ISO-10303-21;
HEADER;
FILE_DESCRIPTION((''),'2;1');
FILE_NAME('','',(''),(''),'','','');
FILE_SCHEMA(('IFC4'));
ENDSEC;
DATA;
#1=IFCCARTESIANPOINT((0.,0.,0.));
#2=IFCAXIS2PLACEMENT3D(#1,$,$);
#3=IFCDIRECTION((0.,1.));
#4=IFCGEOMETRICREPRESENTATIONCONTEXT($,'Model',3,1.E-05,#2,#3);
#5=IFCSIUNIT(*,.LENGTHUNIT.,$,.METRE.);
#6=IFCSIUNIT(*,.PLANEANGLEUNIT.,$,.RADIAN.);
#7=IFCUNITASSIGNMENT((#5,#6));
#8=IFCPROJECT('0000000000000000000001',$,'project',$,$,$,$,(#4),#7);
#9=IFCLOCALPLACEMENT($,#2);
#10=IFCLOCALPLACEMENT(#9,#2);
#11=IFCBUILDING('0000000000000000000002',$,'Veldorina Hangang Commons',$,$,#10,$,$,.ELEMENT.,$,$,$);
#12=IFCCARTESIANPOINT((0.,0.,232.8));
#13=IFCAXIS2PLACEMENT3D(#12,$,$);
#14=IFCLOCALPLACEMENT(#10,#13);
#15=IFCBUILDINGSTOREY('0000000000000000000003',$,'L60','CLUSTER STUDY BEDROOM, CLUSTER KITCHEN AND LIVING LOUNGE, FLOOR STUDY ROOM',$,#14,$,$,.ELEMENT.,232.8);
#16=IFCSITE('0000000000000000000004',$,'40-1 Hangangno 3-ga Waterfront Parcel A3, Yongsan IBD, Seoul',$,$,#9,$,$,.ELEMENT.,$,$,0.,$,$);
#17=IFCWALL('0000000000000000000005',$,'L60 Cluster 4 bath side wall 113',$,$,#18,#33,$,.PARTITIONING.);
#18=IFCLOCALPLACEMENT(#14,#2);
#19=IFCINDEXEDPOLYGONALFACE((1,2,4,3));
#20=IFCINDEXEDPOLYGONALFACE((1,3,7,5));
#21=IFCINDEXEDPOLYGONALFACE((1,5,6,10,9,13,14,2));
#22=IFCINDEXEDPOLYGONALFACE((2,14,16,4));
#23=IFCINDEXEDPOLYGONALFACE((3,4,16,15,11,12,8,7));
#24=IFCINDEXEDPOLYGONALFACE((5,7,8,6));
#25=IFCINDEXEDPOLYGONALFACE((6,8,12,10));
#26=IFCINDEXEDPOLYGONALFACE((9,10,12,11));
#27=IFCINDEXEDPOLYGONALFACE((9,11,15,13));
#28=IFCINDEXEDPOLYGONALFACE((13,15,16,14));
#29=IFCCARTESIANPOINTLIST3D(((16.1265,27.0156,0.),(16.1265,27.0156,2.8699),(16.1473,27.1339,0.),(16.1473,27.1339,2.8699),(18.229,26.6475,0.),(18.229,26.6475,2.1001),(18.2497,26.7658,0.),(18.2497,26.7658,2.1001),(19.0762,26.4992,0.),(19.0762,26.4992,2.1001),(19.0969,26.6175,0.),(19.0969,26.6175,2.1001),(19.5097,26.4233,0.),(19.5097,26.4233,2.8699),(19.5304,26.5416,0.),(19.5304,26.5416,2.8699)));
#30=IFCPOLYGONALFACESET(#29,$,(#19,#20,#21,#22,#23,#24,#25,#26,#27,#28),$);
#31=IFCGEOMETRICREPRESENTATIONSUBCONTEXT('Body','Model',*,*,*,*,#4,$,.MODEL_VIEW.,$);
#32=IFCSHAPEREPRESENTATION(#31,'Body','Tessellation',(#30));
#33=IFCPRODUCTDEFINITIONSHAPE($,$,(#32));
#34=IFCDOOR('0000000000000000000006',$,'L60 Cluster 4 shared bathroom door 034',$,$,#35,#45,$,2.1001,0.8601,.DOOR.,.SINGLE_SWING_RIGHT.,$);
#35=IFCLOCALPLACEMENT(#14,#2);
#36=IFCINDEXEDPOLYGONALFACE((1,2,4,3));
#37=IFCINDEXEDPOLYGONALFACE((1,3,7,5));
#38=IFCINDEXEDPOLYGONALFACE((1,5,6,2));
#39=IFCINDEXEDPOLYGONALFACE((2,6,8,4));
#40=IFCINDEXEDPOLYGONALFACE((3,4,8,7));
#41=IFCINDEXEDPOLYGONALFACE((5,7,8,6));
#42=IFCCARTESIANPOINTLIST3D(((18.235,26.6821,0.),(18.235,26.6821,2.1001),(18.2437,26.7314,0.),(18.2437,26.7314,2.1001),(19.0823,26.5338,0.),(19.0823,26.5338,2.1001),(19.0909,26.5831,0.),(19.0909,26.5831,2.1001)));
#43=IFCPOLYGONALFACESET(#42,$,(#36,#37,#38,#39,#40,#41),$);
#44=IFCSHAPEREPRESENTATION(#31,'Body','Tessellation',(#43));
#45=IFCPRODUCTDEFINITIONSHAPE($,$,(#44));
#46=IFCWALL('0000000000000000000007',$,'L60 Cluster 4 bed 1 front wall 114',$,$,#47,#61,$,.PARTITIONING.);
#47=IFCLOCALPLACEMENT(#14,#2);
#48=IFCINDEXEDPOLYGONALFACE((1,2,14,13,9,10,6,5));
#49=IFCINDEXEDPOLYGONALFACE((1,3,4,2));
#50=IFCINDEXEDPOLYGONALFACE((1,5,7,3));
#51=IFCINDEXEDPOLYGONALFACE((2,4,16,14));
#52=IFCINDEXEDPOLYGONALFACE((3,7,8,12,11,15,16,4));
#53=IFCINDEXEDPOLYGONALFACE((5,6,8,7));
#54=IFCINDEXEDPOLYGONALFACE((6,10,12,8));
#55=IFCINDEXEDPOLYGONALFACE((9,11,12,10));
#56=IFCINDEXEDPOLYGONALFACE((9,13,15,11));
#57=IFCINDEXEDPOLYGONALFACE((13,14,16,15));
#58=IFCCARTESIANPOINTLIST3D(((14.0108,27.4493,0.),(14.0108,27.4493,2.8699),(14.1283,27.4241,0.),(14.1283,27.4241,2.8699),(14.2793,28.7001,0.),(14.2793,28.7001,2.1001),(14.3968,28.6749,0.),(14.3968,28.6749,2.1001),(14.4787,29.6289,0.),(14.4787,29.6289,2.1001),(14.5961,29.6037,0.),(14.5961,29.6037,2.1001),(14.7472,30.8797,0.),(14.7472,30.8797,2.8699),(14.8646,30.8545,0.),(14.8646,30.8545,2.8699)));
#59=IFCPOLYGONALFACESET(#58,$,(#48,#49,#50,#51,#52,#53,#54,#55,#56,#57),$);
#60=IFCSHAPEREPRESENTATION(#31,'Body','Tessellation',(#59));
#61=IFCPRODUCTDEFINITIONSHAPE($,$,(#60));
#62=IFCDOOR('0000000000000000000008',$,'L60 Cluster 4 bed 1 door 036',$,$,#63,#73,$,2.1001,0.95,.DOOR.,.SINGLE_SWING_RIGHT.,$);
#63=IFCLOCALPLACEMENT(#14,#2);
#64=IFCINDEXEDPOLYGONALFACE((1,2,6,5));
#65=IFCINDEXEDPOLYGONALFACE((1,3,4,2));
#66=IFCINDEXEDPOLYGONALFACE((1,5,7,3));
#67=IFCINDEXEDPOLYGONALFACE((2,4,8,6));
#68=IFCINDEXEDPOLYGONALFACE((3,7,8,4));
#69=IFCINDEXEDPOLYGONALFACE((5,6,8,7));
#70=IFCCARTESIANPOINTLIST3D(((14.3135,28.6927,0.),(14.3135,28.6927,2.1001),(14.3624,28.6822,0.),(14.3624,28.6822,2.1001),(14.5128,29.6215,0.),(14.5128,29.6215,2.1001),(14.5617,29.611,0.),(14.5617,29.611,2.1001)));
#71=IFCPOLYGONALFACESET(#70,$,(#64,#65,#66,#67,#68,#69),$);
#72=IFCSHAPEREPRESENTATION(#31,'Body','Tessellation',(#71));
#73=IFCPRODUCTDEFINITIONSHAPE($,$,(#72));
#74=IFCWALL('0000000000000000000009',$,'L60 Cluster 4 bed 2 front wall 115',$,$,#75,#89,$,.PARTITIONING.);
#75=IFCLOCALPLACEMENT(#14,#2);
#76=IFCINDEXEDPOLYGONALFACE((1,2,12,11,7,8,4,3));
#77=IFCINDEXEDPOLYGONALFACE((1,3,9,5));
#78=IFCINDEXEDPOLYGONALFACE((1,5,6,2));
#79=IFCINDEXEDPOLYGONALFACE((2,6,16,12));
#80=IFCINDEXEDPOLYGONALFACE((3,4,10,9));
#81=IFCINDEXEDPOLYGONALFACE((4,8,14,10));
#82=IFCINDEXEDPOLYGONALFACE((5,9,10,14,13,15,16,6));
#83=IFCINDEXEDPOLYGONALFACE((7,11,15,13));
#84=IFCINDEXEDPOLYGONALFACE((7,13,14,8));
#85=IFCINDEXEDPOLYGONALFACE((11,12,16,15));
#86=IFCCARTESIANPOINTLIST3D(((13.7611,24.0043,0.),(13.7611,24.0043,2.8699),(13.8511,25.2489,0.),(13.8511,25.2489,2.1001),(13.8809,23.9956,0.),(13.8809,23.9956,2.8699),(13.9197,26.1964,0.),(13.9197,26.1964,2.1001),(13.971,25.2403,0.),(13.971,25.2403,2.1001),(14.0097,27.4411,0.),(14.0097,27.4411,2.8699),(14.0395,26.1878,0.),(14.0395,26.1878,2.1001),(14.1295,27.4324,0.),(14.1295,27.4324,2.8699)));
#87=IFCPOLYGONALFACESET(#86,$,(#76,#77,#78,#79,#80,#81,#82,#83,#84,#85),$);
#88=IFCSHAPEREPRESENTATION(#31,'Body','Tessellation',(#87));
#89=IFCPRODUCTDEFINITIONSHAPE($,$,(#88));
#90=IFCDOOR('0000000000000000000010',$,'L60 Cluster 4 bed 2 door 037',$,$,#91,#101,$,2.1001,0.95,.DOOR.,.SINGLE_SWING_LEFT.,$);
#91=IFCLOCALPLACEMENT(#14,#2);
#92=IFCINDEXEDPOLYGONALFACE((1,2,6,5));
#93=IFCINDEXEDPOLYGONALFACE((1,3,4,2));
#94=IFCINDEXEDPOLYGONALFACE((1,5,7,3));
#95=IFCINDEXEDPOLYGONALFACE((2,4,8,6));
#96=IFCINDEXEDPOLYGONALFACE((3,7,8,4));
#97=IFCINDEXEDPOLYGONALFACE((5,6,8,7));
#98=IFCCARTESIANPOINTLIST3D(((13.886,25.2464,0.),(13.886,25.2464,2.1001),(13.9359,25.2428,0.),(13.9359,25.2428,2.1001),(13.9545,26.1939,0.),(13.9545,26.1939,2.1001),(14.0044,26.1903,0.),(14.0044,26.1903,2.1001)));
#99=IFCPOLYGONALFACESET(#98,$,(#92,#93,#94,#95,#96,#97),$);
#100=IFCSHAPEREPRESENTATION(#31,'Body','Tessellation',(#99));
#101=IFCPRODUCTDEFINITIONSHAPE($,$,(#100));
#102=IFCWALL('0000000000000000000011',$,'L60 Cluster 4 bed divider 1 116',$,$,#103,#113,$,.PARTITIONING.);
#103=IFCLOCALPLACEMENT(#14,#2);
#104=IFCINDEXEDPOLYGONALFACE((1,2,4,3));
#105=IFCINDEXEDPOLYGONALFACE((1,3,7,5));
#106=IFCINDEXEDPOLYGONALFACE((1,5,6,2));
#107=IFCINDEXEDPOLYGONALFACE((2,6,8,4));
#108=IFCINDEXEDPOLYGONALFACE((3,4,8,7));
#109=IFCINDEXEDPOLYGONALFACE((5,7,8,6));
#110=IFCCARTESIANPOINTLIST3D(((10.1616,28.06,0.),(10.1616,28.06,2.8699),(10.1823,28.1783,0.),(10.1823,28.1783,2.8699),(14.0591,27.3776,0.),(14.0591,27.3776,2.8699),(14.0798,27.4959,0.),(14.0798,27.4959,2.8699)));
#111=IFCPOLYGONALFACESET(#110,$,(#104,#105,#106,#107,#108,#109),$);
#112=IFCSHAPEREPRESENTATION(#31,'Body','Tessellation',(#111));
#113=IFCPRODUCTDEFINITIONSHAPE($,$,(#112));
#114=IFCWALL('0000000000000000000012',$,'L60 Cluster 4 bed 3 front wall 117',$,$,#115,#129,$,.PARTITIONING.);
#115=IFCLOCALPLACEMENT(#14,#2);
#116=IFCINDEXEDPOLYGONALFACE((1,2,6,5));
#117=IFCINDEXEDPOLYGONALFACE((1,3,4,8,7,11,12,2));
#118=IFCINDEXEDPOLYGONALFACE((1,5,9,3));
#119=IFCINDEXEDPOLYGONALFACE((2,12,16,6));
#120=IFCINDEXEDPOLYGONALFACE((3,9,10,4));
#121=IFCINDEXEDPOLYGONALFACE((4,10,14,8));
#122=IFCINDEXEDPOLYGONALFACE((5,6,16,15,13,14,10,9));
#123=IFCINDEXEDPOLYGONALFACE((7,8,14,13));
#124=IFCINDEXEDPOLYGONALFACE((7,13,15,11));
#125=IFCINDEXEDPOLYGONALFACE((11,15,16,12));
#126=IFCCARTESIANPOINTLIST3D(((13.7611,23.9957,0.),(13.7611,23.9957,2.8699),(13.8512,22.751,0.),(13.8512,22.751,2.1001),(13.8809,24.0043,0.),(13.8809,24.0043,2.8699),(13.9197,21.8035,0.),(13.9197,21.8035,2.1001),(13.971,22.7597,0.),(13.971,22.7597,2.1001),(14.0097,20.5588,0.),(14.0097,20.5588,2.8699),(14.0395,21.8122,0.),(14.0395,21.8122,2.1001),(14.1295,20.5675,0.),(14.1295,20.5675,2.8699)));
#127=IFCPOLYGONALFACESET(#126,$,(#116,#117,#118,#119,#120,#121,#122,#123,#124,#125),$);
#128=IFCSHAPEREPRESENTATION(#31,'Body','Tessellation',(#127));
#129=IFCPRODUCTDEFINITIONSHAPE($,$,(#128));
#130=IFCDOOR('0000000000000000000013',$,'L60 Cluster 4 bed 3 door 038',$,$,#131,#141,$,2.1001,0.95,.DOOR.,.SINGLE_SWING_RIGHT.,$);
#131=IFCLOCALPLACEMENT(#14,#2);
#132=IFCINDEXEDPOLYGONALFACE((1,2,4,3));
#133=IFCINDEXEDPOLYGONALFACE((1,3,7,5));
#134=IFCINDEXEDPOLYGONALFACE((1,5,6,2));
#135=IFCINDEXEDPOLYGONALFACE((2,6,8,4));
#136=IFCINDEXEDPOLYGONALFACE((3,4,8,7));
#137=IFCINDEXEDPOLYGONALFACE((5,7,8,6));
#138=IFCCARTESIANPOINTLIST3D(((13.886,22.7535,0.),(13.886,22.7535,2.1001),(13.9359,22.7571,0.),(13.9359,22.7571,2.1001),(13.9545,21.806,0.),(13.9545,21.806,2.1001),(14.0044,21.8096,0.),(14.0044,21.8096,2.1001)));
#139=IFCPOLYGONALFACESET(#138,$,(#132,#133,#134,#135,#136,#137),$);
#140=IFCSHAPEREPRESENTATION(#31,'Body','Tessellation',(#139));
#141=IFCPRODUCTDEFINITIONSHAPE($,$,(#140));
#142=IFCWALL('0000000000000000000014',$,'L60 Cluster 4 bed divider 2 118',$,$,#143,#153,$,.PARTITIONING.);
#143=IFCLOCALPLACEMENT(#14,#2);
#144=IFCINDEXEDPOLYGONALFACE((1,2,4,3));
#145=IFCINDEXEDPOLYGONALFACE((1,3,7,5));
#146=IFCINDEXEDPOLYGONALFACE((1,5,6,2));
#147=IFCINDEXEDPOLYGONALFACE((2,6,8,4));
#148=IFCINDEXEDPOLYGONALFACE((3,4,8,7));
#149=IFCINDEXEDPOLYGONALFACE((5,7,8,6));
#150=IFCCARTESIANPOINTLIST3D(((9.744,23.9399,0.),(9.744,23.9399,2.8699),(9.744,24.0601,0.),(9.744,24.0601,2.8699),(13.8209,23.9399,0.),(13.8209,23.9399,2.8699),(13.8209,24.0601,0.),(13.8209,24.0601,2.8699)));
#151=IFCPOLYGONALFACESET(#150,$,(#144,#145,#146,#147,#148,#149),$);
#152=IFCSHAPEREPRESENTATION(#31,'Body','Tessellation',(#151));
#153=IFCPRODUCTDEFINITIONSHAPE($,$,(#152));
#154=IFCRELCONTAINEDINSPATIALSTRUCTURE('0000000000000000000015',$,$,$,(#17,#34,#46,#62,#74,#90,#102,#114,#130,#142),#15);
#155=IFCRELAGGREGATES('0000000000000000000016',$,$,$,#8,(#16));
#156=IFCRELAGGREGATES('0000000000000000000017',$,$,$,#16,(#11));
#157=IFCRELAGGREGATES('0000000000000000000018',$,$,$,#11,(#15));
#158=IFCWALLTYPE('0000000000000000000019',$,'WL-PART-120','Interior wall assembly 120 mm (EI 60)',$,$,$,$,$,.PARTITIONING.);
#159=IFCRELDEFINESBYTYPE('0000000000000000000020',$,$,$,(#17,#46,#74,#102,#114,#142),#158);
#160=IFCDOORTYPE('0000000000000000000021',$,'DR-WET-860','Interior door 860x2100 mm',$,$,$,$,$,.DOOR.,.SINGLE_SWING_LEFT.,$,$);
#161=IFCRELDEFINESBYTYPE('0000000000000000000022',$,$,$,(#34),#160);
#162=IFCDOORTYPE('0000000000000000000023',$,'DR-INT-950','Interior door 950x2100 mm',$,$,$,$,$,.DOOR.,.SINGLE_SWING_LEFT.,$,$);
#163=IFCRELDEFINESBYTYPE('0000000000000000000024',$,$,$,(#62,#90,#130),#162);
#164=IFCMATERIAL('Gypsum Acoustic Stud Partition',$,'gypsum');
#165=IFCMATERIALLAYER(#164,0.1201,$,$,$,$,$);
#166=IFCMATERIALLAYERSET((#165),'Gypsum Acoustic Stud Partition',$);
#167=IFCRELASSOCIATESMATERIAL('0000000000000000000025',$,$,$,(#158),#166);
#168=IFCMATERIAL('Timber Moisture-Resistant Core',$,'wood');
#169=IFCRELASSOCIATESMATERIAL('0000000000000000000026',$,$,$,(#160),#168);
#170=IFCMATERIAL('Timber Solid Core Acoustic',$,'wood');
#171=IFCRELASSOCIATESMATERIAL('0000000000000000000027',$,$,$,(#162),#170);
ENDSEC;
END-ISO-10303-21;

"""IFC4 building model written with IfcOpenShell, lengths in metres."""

from ifc_helpers import new_model, si_unit, direction, frame, frame_2d, origin, place, context, subcontext, project, spatial, rectangle, extrude, material, layer, layer_set, type_object, element, fill, save


model = new_model("IFC4")

# Units and contexts
model_context = context("Model", 3, precision=1e-05, world=origin(), true_north=direction((0.0, 1.0)))
body_context = subcontext(model_context, "Body", "Model", "MODEL_VIEW")
ifc_project = project(units=[si_unit("LENGTHUNIT", "METRE"), si_unit("PLANEANGLEUNIT", "RADIAN")], contexts=[model_context])

# Site, building, storey
site_placement = place(None, origin())
site = spatial("IfcSite", under=ifc_project, at=site_placement, Name="40-1 Hangangno 3-ga Waterfront Parcel A3, Yongsan IBD, Seoul", CompositionType="ELEMENT", RefElevation=0.0)
building_placement = place(site_placement, origin())
building = spatial("IfcBuilding", under=site, at=building_placement, Name="Veldorina Hangang Commons", CompositionType="ELEMENT")
storey_placement = place(building_placement, frame((0.0, 0.0, 232.8)))
storey = spatial("IfcBuildingStorey", under=building, at=storey_placement, Name="L60", Description="CLUSTER STUDY BEDROOM, CLUSTER KITCHEN AND LIVING LOUNGE, FLOOR STUDY ROOM", CompositionType="ELEMENT", Elevation=232.8)

# Shared definitions
ifc_material_1 = material(Name="Gypsum Acoustic Stud Partition", Category="gypsum")
ifc_layer_1 = layer(ifc_material_1, 0.1201)
ifc_layer_set_1 = layer_set([ifc_layer_1], Name="Gypsum Acoustic Stud Partition")
wall_type_1 = type_object("IfcWallType", Name="WL-PART-120", Description="Interior wall assembly 120 mm (EI 60)", PredefinedType="PARTITIONING", material=ifc_layer_set_1)

# Walls, openings, doors
wall_1_placement = place(storey_placement, frame((19.52, 26.4824, 0.0), z_axis=(0.0, 0.0, 1.0), x_axis=(-0.985018, 0.172451, 0.0)))
wall_1 = element("IfcWall", 1, at=wall_1_placement, inside=storey, type_object=wall_type_1, Name="L60 Cluster 4 bath side wall 113", PredefinedType="PARTITIONING", context=body_context, shape_type="SweptSolid", body=[
    extrude(rectangle(XDim=3.4346, YDim=0.1201, at=frame_2d((1.7173, 0.0))), origin(), (0.0, 0.0, 1.0), 2.8699),
])
opening_1_placement = place(wall_1_placement, frame((0.4399, 0.0, 0.0)))
opening_1 = element("IfcOpeningElement", 2, at=opening_1_placement, cuts=wall_1, PredefinedType="OPENING", context=body_context, shape_type="SweptSolid", body=[
    extrude(rectangle(XDim=0.8601, YDim=2.1001, at=frame_2d((0.4302, 1.05))), frame((0.0, 0.0701, 0.0), z_axis=(0.0, -1.0, 0.0), x_axis=(1.0, 0.0, 0.0)), (0.0, 0.0, 1.0), 0.1401),
])
ifc_material_2 = material(Name="Timber Moisture-Resistant Core", Category="wood")
door_type_1 = type_object("IfcDoorType", Name="DR-WET-860", Description="Interior door 860x2100 mm", OperationType="SINGLE_SWING_LEFT", PredefinedType="DOOR", material=ifc_material_2)
door_1_placement = place(opening_1_placement, origin())
door_1 = element("IfcDoor", 3, at=door_1_placement, inside=storey, type_object=door_type_1, Name="L60 Cluster 4 shared bathroom door 034", OperationType="SINGLE_SWING_RIGHT", OverallHeight=2.1001, OverallWidth=0.8601, PredefinedType="DOOR", context=body_context, shape_type="SweptSolid", body=[
    extrude(rectangle(XDim=0.8601, YDim=2.1001, at=frame_2d((0.4302, 1.05))), frame((0.0, 0.0249, 0.0), z_axis=(0.0, -1.0, 0.0), x_axis=(1.0, 0.0, 0.0)), (0.0, 0.0, 1.0), 0.05),
])
fill(opening_1, door_1)
wall_2_placement = place(storey_placement, frame((14.8059, 30.8672, 0.0), z_axis=(0.0, 0.0, 1.0), x_axis=(-0.209866, -0.97773, 0.0)))
wall_2 = element("IfcWall", 4, at=wall_2_placement, inside=storey, type_object=wall_type_1, Name="L60 Cluster 4 bed 1 front wall 114", PredefinedType="PARTITIONING", context=body_context, shape_type="SweptSolid", body=[
    extrude(rectangle(XDim=3.5085, YDim=0.1201, at=frame_2d((1.7544, 0.0))), origin(), (0.0, 0.0, 1.0), 2.8699),
])
opening_2_placement = place(wall_2_placement, frame((1.2793, 0.0, 0.0)))
opening_2 = element("IfcOpeningElement", 5, at=opening_2_placement, cuts=wall_2, PredefinedType="OPENING", context=body_context, shape_type="SweptSolid", body=[
    extrude(rectangle(XDim=0.95, YDim=2.1001, at=frame_2d((0.4751, 1.05))), frame((0.0, 0.0701, 0.0), z_axis=(0.0, -1.0, 0.0), x_axis=(1.0, 0.0, 0.0)), (0.0, 0.0, 1.0), 0.1401),
])
ifc_material_3 = material(Name="Timber Solid Core Acoustic", Category="wood")
door_type_2 = type_object("IfcDoorType", Name="DR-INT-950", Description="Interior door 950x2100 mm", OperationType="SINGLE_SWING_LEFT", PredefinedType="DOOR", material=ifc_material_3)
door_2_placement = place(opening_2_placement, origin())
door_2 = element("IfcDoor", 6, at=door_2_placement, inside=storey, type_object=door_type_2, Name="L60 Cluster 4 bed 1 door 036", OperationType="SINGLE_SWING_RIGHT", OverallHeight=2.1001, OverallWidth=0.95, PredefinedType="DOOR", context=body_context, shape_type="SweptSolid", body=[
    extrude(rectangle(XDim=0.95, YDim=2.1001, at=frame_2d((0.4751, 1.05))), frame((0.0, 0.0249, 0.0), z_axis=(0.0, -1.0, 0.0), x_axis=(1.0, 0.0, 0.0)), (0.0, 0.0, 1.0), 0.05),
])
fill(opening_2, door_2)
wall_3_placement = place(storey_placement, frame((14.0696, 27.4368, 0.0), z_axis=(0.0, 0.0, 1.0), x_axis=(-0.072128, -0.997395, 0.0)))
wall_3 = element("IfcWall", 7, at=wall_3_placement, inside=storey, type_object=wall_type_1, Name="L60 Cluster 4 bed 2 front wall 115", PredefinedType="PARTITIONING", context=body_context, shape_type="SweptSolid", body=[
    extrude(rectangle(XDim=3.4458, YDim=0.1201, at=frame_2d((1.7229, 0.0))), origin(), (0.0, 0.0, 1.0), 2.8699),
])
opening_3_placement = place(wall_3_placement, frame((1.2478, 0.0, 0.0)))
opening_3 = element("IfcOpeningElement", 8, at=opening_3_placement, cuts=wall_3, PredefinedType="OPENING", context=body_context, shape_type="SweptSolid", body=[
    extrude(rectangle(XDim=0.95, YDim=2.1001, at=frame_2d((0.4751, 1.05))), frame((0.0, 0.0701, 0.0), z_axis=(0.0, -1.0, 0.0), x_axis=(1.0, 0.0, 0.0)), (0.0, 0.0, 1.0), 0.1401),
])
door_3_placement = place(opening_3_placement, origin())
door_3 = element("IfcDoor", 9, at=door_3_placement, inside=storey, type_object=door_type_2, Name="L60 Cluster 4 bed 2 door 037", OperationType="SINGLE_SWING_LEFT", OverallHeight=2.1001, OverallWidth=0.95, PredefinedType="DOOR", context=body_context, shape_type="SweptSolid", body=[
    extrude(rectangle(XDim=0.95, YDim=2.1001, at=frame_2d((0.4751, 1.05))), frame((0.0, 0.0249, 0.0), z_axis=(0.0, -1.0, 0.0), x_axis=(1.0, 0.0, 0.0)), (0.0, 0.0, 1.0), 0.05),
])
fill(opening_3, door_3)

# Wall
wall_4_placement = place(storey_placement, frame((14.0696, 27.4368, 0.0), z_axis=(0.0, 0.0, 1.0), x_axis=(-0.985017, 0.172458, 0.0)))
element("IfcWall", 10, at=wall_4_placement, inside=storey, type_object=wall_type_1, Name="L60 Cluster 4 bed divider 1 116", PredefinedType="PARTITIONING", context=body_context, shape_type="SweptSolid", body=[
    extrude(rectangle(XDim=3.9568, YDim=0.1201, at=frame_2d((1.9785, 0.0))), origin(), (0.0, 0.0, 1.0), 2.8699),
])

# Wall, opening, door
wall_5_placement = place(storey_placement, frame((13.821, 24.0, 0.0), z_axis=(0.0, 0.0, 1.0), x_axis=(0.072128, -0.997395, 0.0)))
wall_5 = element("IfcWall", 11, at=wall_5_placement, inside=storey, type_object=wall_type_1, Name="L60 Cluster 4 bed 3 front wall 117", PredefinedType="PARTITIONING", context=body_context, shape_type="SweptSolid", body=[
    extrude(rectangle(XDim=3.4458, YDim=0.1201, at=frame_2d((1.7229, 0.0))), origin(), (0.0, 0.0, 1.0), 2.8699),
])
opening_4_placement = place(wall_5_placement, frame((1.2478, 0.0, 0.0)))
opening_4 = element("IfcOpeningElement", 12, at=opening_4_placement, cuts=wall_5, PredefinedType="OPENING", context=body_context, shape_type="SweptSolid", body=[
    extrude(rectangle(XDim=0.95, YDim=2.1001, at=frame_2d((0.4751, 1.05))), frame((0.0, 0.0701, 0.0), z_axis=(0.0, -1.0, 0.0), x_axis=(1.0, 0.0, 0.0)), (0.0, 0.0, 1.0), 0.1401),
])
door_4_placement = place(opening_4_placement, origin())
door_4 = element("IfcDoor", 13, at=door_4_placement, inside=storey, type_object=door_type_2, Name="L60 Cluster 4 bed 3 door 038", OperationType="SINGLE_SWING_RIGHT", OverallHeight=2.1001, OverallWidth=0.95, PredefinedType="DOOR", context=body_context, shape_type="SweptSolid", body=[
    extrude(rectangle(XDim=0.95, YDim=2.1001, at=frame_2d((0.4751, 1.05))), frame((0.0, 0.0249, 0.0), z_axis=(0.0, -1.0, 0.0), x_axis=(1.0, 0.0, 0.0)), (0.0, 0.0, 1.0), 0.05),
])
fill(opening_4, door_4)

# Wall
wall_6_placement = place(storey_placement, frame((13.821, 24.0, 0.0), z_axis=(0.0, 0.0, 1.0), x_axis=(-1.0, 0.0, 0.0)))
element("IfcWall", 14, at=wall_6_placement, inside=storey, type_object=wall_type_1, Name="L60 Cluster 4 bed divider 2 118", PredefinedType="PARTITIONING", context=body_context, shape_type="SweptSolid", body=[
    extrude(rectangle(XDim=4.0769, YDim=0.1201, at=frame_2d((2.0386, 0.0))), origin(), (0.0, 0.0, 1.0), 2.8699),
])

save(model, "model.ifc")
